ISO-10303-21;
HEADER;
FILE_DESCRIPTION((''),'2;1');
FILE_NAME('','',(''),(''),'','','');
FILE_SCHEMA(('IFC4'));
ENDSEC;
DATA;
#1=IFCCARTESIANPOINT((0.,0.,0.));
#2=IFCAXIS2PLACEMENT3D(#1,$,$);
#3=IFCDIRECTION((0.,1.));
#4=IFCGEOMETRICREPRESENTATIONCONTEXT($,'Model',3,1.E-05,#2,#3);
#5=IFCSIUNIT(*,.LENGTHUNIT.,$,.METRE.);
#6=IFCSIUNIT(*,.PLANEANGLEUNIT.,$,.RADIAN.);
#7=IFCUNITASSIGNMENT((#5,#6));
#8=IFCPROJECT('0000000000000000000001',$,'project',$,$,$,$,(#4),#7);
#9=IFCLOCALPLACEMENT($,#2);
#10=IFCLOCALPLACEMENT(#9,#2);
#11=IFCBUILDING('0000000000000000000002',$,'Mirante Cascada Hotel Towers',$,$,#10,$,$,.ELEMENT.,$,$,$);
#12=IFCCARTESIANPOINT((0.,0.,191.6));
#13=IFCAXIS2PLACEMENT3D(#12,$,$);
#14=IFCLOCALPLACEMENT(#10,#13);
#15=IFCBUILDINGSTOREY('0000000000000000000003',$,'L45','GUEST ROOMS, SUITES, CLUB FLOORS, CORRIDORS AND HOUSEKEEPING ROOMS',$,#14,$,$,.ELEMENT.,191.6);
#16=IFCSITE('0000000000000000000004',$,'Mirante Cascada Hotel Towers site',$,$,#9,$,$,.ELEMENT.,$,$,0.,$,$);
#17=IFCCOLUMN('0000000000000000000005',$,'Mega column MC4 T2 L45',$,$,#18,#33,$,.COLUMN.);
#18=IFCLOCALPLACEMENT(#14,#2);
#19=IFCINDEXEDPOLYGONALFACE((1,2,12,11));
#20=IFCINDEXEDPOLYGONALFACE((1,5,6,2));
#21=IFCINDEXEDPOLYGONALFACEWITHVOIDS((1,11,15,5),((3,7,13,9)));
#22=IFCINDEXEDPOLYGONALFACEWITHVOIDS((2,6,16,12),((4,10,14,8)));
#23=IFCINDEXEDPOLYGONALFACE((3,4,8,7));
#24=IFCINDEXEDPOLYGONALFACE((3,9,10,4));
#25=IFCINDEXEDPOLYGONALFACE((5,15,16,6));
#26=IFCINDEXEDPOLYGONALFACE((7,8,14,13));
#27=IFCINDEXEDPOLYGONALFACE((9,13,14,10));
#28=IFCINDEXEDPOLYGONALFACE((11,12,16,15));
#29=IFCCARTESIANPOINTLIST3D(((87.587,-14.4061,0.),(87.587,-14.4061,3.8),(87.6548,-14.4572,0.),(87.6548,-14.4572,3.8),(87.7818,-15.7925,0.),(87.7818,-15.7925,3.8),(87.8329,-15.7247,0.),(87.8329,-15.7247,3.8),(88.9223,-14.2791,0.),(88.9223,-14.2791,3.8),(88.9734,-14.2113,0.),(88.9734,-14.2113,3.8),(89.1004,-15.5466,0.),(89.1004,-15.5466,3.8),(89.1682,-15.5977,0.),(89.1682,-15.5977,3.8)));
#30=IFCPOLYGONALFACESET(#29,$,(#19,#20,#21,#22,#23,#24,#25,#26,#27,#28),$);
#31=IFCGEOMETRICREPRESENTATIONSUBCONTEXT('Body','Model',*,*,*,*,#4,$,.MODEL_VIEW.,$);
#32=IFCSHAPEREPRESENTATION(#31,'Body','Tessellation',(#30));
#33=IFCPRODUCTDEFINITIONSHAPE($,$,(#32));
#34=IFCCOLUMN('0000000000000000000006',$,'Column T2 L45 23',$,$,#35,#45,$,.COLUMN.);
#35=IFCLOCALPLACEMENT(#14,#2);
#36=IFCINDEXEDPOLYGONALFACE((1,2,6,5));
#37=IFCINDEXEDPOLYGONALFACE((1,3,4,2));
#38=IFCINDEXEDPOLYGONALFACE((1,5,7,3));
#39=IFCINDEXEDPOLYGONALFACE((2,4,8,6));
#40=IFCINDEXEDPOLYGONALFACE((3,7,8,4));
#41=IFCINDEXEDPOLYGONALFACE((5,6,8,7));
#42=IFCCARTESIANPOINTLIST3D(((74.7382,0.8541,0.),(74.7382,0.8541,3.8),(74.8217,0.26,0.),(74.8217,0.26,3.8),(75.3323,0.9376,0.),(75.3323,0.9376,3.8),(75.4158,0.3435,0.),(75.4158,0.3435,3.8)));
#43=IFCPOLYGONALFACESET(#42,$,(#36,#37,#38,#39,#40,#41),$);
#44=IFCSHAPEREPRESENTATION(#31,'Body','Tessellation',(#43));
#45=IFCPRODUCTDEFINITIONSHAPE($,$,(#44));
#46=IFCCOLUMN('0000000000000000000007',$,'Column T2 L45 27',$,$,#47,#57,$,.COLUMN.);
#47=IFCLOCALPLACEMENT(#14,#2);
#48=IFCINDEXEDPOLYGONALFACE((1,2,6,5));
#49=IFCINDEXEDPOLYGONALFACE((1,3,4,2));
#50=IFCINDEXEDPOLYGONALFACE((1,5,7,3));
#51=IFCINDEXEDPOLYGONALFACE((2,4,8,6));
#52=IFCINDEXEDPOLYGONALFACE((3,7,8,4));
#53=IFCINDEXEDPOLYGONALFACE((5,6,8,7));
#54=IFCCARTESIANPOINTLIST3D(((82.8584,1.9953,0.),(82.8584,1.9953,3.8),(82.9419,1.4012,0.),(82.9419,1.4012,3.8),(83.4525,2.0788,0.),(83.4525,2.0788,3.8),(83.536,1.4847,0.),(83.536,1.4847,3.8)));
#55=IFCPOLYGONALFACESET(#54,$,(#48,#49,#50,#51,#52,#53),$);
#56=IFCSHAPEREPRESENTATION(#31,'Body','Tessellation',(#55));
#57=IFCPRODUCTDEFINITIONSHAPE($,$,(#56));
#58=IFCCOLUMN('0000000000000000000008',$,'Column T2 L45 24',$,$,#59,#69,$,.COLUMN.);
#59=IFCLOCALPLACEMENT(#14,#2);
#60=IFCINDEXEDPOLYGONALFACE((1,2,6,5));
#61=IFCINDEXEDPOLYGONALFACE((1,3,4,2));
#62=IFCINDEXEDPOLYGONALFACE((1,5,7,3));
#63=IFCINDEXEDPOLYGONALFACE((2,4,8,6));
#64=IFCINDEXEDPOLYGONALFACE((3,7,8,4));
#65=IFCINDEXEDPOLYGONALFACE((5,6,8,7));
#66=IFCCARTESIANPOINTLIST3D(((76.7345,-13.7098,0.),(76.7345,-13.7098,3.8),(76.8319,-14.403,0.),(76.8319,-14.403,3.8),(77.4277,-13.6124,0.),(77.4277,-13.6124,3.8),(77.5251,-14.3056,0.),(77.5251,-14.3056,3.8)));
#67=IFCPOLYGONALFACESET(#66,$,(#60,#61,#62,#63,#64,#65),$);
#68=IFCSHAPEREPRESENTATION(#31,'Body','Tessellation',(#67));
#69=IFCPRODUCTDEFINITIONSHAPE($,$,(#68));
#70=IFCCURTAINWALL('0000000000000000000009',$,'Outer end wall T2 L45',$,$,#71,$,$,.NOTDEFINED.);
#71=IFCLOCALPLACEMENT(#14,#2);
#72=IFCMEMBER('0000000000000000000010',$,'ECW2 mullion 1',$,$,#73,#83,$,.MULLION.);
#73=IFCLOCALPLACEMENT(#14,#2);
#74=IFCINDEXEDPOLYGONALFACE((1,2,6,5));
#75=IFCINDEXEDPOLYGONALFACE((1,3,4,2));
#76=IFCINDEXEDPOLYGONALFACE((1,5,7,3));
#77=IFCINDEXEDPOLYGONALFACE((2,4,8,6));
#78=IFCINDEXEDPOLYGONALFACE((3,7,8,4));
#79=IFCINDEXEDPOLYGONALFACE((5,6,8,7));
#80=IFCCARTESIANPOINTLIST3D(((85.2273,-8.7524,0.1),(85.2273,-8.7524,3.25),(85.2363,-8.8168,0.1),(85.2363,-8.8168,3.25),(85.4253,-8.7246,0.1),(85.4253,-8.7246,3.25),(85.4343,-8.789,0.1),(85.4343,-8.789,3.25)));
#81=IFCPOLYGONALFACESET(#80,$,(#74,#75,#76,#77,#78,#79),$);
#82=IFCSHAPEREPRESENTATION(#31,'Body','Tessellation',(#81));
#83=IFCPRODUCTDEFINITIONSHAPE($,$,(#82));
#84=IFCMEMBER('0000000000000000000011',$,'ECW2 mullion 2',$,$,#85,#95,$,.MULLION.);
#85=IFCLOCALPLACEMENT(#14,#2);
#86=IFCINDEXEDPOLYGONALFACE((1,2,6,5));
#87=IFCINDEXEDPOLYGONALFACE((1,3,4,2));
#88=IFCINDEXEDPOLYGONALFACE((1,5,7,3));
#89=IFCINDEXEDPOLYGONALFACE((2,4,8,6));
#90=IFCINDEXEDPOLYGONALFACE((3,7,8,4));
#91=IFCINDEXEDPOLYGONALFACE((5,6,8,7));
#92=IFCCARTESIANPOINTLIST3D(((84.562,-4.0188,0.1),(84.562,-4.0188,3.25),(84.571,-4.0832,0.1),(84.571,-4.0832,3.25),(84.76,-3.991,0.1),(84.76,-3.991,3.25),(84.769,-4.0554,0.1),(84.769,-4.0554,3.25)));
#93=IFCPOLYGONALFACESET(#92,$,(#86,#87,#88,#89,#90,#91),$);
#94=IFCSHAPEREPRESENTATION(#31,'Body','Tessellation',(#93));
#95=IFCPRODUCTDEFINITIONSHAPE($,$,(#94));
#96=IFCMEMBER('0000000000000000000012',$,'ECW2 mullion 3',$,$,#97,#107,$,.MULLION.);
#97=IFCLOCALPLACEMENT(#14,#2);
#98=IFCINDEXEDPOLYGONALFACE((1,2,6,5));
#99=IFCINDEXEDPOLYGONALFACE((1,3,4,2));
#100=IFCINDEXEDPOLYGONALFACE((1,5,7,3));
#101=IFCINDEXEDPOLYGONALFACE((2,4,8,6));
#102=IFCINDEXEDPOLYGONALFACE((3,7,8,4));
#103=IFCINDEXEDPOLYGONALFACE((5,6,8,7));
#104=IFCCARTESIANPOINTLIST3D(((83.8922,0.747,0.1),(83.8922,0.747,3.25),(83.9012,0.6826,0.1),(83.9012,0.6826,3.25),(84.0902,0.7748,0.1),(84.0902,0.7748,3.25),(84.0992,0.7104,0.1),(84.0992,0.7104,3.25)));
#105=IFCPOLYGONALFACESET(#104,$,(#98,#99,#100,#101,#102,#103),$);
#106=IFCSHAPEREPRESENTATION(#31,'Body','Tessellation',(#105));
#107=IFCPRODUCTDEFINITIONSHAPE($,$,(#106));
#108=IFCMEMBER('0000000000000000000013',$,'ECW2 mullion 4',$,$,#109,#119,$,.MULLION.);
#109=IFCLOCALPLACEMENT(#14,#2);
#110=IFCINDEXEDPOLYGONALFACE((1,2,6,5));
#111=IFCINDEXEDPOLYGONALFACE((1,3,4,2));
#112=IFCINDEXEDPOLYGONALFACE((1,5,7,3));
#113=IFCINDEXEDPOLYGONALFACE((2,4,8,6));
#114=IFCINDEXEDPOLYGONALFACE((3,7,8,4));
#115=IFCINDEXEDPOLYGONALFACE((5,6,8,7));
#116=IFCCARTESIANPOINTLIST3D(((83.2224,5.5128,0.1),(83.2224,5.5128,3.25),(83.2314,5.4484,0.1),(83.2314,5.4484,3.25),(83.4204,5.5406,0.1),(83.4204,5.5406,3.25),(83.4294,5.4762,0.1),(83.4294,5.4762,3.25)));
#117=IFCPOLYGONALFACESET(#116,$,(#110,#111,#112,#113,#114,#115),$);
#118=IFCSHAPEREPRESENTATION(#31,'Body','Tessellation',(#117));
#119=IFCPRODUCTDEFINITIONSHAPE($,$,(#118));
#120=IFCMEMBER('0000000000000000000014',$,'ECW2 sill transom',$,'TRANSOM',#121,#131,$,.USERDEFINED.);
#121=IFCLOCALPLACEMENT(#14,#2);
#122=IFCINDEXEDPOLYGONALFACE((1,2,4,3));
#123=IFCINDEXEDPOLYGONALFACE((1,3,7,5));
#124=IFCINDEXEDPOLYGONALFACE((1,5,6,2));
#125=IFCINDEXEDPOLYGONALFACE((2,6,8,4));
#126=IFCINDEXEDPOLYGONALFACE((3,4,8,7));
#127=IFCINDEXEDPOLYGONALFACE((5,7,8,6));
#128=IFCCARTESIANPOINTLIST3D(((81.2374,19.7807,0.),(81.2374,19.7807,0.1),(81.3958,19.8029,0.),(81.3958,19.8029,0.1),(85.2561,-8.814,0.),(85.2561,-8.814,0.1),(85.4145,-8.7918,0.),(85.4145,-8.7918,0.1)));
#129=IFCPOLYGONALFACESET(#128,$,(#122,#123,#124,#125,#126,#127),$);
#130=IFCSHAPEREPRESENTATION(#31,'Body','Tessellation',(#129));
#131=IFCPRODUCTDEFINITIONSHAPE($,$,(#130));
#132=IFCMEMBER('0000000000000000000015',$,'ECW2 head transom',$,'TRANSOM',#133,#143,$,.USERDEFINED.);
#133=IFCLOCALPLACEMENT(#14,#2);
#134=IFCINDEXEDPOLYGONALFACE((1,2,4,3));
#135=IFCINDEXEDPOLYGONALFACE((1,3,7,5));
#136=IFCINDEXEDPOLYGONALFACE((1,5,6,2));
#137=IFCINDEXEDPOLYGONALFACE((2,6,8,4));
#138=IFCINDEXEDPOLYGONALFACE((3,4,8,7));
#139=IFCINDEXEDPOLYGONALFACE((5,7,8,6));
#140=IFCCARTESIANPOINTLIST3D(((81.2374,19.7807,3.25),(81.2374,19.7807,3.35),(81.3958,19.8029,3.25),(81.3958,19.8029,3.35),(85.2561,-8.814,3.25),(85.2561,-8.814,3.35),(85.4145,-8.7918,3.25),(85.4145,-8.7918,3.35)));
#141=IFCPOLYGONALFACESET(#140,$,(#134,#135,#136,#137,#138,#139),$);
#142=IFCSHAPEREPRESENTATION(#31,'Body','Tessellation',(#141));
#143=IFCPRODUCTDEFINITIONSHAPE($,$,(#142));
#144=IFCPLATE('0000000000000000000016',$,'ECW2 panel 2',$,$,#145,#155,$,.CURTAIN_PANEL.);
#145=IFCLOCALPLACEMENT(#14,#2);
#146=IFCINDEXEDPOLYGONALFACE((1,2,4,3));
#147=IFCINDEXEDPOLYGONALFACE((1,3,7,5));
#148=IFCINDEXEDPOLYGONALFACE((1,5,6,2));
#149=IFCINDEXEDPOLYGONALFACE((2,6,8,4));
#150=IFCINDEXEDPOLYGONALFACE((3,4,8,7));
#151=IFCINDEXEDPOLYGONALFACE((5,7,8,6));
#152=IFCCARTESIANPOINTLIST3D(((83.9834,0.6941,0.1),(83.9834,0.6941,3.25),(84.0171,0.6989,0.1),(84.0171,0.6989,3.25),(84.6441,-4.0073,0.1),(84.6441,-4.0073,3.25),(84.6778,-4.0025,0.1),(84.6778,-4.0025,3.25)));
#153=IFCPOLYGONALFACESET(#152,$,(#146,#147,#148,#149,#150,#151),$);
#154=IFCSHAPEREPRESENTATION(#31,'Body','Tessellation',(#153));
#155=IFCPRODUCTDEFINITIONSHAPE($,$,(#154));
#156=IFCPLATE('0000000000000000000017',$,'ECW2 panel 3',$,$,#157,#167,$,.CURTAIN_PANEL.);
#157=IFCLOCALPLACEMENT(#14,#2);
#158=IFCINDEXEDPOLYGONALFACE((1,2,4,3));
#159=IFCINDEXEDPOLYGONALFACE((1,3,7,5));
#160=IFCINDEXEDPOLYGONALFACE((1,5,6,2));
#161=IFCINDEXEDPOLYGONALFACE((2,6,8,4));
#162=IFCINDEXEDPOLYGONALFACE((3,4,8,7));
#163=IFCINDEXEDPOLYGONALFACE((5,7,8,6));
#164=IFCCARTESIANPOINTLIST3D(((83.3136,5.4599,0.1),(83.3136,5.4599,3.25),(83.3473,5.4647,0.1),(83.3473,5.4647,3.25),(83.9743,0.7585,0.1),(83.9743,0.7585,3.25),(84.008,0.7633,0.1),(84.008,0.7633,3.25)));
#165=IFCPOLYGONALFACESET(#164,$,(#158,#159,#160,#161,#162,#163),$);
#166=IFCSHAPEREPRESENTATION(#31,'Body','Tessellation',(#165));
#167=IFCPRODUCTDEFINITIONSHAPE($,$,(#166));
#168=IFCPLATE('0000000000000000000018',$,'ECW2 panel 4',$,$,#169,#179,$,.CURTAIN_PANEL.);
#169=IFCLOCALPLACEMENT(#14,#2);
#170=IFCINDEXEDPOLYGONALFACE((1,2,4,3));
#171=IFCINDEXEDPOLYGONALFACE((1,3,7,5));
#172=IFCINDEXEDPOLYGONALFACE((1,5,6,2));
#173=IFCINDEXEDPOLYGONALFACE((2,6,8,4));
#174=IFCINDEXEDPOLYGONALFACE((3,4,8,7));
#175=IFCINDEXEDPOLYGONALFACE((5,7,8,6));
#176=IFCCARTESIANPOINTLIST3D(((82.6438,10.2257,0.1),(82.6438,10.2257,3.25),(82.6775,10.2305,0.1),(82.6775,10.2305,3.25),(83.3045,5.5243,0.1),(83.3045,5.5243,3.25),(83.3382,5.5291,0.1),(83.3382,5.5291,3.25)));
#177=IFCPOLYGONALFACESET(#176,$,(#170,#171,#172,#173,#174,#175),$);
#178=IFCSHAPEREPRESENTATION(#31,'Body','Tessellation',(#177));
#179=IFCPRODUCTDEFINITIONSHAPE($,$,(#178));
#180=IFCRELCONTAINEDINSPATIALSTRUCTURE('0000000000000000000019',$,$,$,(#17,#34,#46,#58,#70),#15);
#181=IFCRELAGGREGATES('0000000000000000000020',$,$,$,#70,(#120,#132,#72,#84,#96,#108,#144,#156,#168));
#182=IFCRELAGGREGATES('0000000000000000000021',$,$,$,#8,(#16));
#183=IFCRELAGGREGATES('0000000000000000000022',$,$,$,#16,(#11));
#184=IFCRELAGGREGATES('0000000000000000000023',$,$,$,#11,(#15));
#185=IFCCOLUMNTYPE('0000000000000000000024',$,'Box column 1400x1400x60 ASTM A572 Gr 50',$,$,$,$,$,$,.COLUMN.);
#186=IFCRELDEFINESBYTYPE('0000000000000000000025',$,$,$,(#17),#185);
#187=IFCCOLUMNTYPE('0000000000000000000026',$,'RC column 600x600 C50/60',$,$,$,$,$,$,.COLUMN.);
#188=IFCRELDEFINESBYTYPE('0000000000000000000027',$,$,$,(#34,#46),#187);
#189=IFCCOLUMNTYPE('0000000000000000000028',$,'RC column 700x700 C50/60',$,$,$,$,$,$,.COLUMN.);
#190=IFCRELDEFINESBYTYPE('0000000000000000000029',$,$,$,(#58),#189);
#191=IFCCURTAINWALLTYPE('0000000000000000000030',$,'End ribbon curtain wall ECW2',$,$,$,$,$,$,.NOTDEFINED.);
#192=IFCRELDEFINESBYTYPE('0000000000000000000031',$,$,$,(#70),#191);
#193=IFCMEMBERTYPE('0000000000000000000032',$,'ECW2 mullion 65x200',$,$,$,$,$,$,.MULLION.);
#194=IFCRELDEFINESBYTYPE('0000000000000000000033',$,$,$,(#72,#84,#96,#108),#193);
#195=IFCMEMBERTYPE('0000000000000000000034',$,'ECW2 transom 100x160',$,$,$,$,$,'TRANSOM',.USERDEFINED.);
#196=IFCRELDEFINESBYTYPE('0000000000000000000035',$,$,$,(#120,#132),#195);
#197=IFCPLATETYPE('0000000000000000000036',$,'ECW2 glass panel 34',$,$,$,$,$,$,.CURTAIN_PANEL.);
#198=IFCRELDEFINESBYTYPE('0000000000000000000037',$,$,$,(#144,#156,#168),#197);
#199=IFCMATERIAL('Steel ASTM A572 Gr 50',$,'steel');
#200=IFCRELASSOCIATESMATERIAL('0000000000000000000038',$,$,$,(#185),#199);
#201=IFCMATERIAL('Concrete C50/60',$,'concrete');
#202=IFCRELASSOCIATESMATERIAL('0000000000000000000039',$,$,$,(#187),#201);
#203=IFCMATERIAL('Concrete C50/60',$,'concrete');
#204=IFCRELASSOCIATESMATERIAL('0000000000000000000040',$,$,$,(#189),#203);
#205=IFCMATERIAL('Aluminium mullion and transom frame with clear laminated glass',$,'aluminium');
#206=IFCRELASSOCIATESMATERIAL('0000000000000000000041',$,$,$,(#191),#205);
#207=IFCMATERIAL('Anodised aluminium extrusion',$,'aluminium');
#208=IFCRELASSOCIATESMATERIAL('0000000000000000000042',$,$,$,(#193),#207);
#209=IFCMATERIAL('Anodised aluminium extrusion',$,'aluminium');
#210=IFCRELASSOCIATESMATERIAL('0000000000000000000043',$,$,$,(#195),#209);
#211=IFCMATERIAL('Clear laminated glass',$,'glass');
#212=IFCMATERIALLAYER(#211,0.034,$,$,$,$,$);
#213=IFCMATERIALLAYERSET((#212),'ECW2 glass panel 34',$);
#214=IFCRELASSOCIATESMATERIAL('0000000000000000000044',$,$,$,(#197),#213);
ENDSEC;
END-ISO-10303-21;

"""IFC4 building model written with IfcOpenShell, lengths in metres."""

from ifc_helpers import new_model, si_unit, direction, frame, origin, origin_2d, place, context, subcontext, project, spatial, rectangle, hollow_rectangle, extrude, material, layer, layer_set, material_profile, profile_set, type_object, element, aggregate, save


model = new_model("IFC4")

# Units and contexts
model_context = context("Model", 3, precision=1e-05, world=origin(), true_north=direction((0.0, 1.0)))
body_context = subcontext(model_context, "Body", "Model", "MODEL_VIEW")
ifc_project = project(units=[si_unit("LENGTHUNIT", "METRE"), si_unit("PLANEANGLEUNIT", "RADIAN")], contexts=[model_context])

# Site, building, storey
site_placement = place(None, origin())
site = spatial("IfcSite", under=ifc_project, at=site_placement, Name="Mirante Cascada Hotel Towers site", CompositionType="ELEMENT", RefElevation=0.0)
building_placement = place(site_placement, origin())
building = spatial("IfcBuilding", under=site, at=building_placement, Name="Mirante Cascada Hotel Towers", CompositionType="ELEMENT")
storey_placement = place(building_placement, frame((0.0, 0.0, 191.6)))
storey = spatial("IfcBuildingStorey", under=building, at=storey_placement, Name="L45", Description="GUEST ROOMS, SUITES, CLUB FLOORS, CORRIDORS AND HOUSEKEEPING ROOMS", CompositionType="ELEMENT", Elevation=191.6)

# Columns
ifc_material_1 = material(Name="Steel ASTM A572 Gr 50", Category="steel")
ifc_material_profile_1 = material_profile(ifc_material_1, hollow_rectangle(XDim=1.4, YDim=1.4, WallThickness=0.06, at=origin_2d()), Name="Box column 1400x1400x60 ASTM A572 Gr 50")
ifc_profile_set_1 = profile_set([ifc_material_profile_1], Name="Steel ASTM A572 Gr 50")
column_type_1 = type_object("IfcColumnType", Name="Box column 1400x1400x60 ASTM A572 Gr 50", PredefinedType="COLUMN", material=ifc_profile_set_1)
column_1_placement = place(storey_placement, frame((88.3776, -15.0019, 0.0), z_axis=(0.0, 0.0, 1.0), x_axis=(0.990268, 0.139173, 0.0)))
element("IfcColumn", 1, at=column_1_placement, inside=storey, type_object=column_type_1, Name="Mega column MC4 T2 L45", PredefinedType="COLUMN", context=body_context, shape_type="SweptSolid", body=[
    extrude(hollow_rectangle(XDim=1.4, YDim=1.4, WallThickness=0.06, at=origin_2d()), origin(), (0.0, 0.0, 1.0), 3.8),
])
ifc_material_2 = material(Name="Concrete C50/60", Category="concrete")
ifc_material_profile_2 = material_profile(ifc_material_2, rectangle(XDim=0.6, YDim=0.6, at=origin_2d()), Name="RC column 600x600 C50/60")
ifc_profile_set_2 = profile_set([ifc_material_profile_2], Name="Concrete C50/60")
column_type_2 = type_object("IfcColumnType", Name="RC column 600x600 C50/60", PredefinedType="COLUMN", material=ifc_profile_set_2)
for number, where, z_axis, x_axis, name in (
    (2, (75.077, 0.5988, 0.0), (0.0, 0.0, 1.0), (0.990268, 0.139173, 0.0), "Column T2 L45 23"),
    (3, (83.1972, 1.74, 0.0), (0.0, 0.0, 1.0), (0.990268, 0.139173, 0.0), "Column T2 L45 27"),
):
    element("IfcColumn", number, at=place(storey_placement, frame(where, z_axis=z_axis, x_axis=x_axis)), inside=storey, type_object=column_type_2, Name=name, PredefinedType="COLUMN", context=body_context, shape_type="SweptSolid", body=[
        extrude(rectangle(XDim=0.6, YDim=0.6, at=origin_2d()), origin(), (0.0, 0.0, 1.0), 3.8),
    ])
ifc_material_3 = material(Name="Concrete C50/60", Category="concrete")
ifc_material_profile_3 = material_profile(ifc_material_3, rectangle(XDim=0.7, YDim=0.7, at=origin_2d()), Name="RC column 700x700 C50/60")
ifc_profile_set_3 = profile_set([ifc_material_profile_3], Name="Concrete C50/60")
column_type_3 = type_object("IfcColumnType", Name="RC column 700x700 C50/60", PredefinedType="COLUMN", material=ifc_profile_set_3)
column_2_placement = place(storey_placement, frame((77.1298, -14.0077, 0.0), z_axis=(0.0, 0.0, 1.0), x_axis=(0.990268, 0.139173, 0.0)))
element("IfcColumn", 4, at=column_2_placement, inside=storey, type_object=column_type_3, Name="Column T2 L45 24", PredefinedType="COLUMN", context=body_context, shape_type="SweptSolid", body=[
    extrude(rectangle(XDim=0.7, YDim=0.7, at=origin_2d()), origin(), (0.0, 0.0, 1.0), 3.8),
])

# Curtain wall, members, plates
ifc_material_4 = material(Name="Aluminium mullion and transom frame with clear laminated glass", Category="aluminium")
curtain_wall_type = type_object("IfcCurtainWallType", Name="End ribbon curtain wall ECW2", PredefinedType="NOTDEFINED", material=ifc_material_4)
curtain_wall_placement = place(storey_placement, origin())
curtain_wall = element("IfcCurtainWall", 5, at=curtain_wall_placement, inside=storey, type_object=curtain_wall_type, Name="Outer end wall T2 L45", PredefinedType="NOTDEFINED")
ifc_material_5 = material(Name="Anodised aluminium extrusion", Category="aluminium")
ifc_material_profile_4 = material_profile(ifc_material_5, rectangle(XDim=0.2, YDim=0.065, at=origin_2d()), Name="ECW2 MULLION 65x200")
ifc_profile_set_4 = profile_set([ifc_material_profile_4], Name="Anodised aluminium extrusion")
member_type_1 = type_object("IfcMemberType", Name="ECW2 mullion 65x200", PredefinedType="MULLION", material=ifc_profile_set_4)
member_1_placement = place(storey_placement, frame((85.3308, -8.7707, 0.1), z_axis=(0.0, 0.0, 1.0), x_axis=(-0.990268, -0.139173, 0.0)))
member_1 = element("IfcMember", 6, at=member_1_placement, type_object=member_type_1, Name="ECW2 mullion 1", PredefinedType="MULLION", context=body_context, shape_type="SweptSolid", body=[
    extrude(rectangle(XDim=0.2, YDim=0.065, at=origin_2d()), origin(), (0.0, 0.0, 1.0), 3.15),
])
member_2_placement = place(storey_placement, frame((84.6655, -4.0371, 0.1), z_axis=(0.0, 0.0, 1.0), x_axis=(-0.990268, -0.139173, 0.0)))
member_2 = element("IfcMember", 7, at=member_2_placement, type_object=member_type_1, Name="ECW2 mullion 2", PredefinedType="MULLION", context=body_context, shape_type="SweptSolid", body=[
    extrude(rectangle(XDim=0.2, YDim=0.065, at=origin_2d()), origin(), (0.0, 0.0, 1.0), 3.15),
])
member_3_placement = place(storey_placement, frame((83.9957, 0.7287, 0.1), z_axis=(0.0, 0.0, 1.0), x_axis=(-0.990268, -0.139173, 0.0)))
member_3 = element("IfcMember", 8, at=member_3_placement, type_object=member_type_1, Name="ECW2 mullion 3", PredefinedType="MULLION", context=body_context, shape_type="SweptSolid", body=[
    extrude(rectangle(XDim=0.2, YDim=0.065, at=origin_2d()), origin(), (0.0, 0.0, 1.0), 3.15),
])
member_4_placement = place(storey_placement, frame((83.3259, 5.4945, 0.1), z_axis=(0.0, 0.0, 1.0), x_axis=(-0.990268, -0.139173, 0.0)))
member_4 = element("IfcMember", 9, at=member_4_placement, type_object=member_type_1, Name="ECW2 mullion 4", PredefinedType="MULLION", context=body_context, shape_type="SweptSolid", body=[
    extrude(rectangle(XDim=0.2, YDim=0.065, at=origin_2d()), origin(), (0.0, 0.0, 1.0), 3.15),
])
ifc_material_6 = material(Name="Anodised aluminium extrusion", Category="aluminium")
ifc_material_profile_5 = material_profile(ifc_material_6, rectangle(XDim=0.16, YDim=0.1, at=origin_2d()), Name="ECW2 TRANSOM 100x160")
ifc_profile_set_5 = profile_set([ifc_material_profile_5], Name="Anodised aluminium extrusion")
member_type_2 = type_object("IfcMemberType", Name="ECW2 transom 100x160", ElementType="TRANSOM", PredefinedType="USERDEFINED", material=ifc_profile_set_5)
member_5_placement = place(storey_placement, frame((85.3353, -8.8029, 0.05), z_axis=(-0.139172, 0.990268, 0.0), x_axis=(-0.990268, -0.139172, 0.0)))
member_5 = element("IfcMember", 10, at=member_5_placement, type_object=member_type_2, Name="ECW2 sill transom", ObjectType="TRANSOM", PredefinedType="USERDEFINED", context=body_context, shape_type="SweptSolid", body=[
    extrude(rectangle(XDim=0.16, YDim=0.1, at=origin_2d()), origin(), (0.0, 0.0, 1.0), 28.8757),
])
member_6_placement = place(storey_placement, frame((85.3353, -8.8029, 3.3), z_axis=(-0.139172, 0.990268, 0.0), x_axis=(-0.990268, -0.139172, 0.0)))
member_6 = element("IfcMember", 11, at=member_6_placement, type_object=member_type_2, Name="ECW2 head transom", ObjectType="TRANSOM", PredefinedType="USERDEFINED", context=body_context, shape_type="SweptSolid", body=[
    extrude(rectangle(XDim=0.16, YDim=0.1, at=origin_2d()), origin(), (0.0, 0.0, 1.0), 28.8757),
])
ifc_material_7 = material(Name="Clear laminated glass", Category="glass")
ifc_layer_1 = layer(ifc_material_7, 0.034)
ifc_layer_set_1 = layer_set([ifc_layer_1], Name="ECW2 glass panel 34")
plate_type_1 = type_object("IfcPlateType", Name="ECW2 glass panel 34", PredefinedType="CURTAIN_PANEL", material=ifc_layer_set_1)
plate_1_placement = place(storey_placement, frame((84.3306, -1.6542, 0.1), z_axis=(0.0, 0.0, 1.0), x_axis=(-0.139173, 0.990268, 0.0)))
plate_1 = element("IfcPlate", 12, at=plate_1_placement, type_object=plate_type_1, Name="ECW2 panel 2", PredefinedType="CURTAIN_PANEL", context=body_context, shape_type="SweptSolid", body=[
    extrude(rectangle(XDim=4.7476, YDim=0.034, at=origin_2d()), origin(), (0.0, 0.0, 1.0), 3.15),
])
plate_2_placement = place(storey_placement, frame((83.6608, 3.1116, 0.1), z_axis=(0.0, 0.0, 1.0), x_axis=(-0.139173, 0.990268, 0.0)))
plate_2 = element("IfcPlate", 13, at=plate_2_placement, type_object=plate_type_1, Name="ECW2 panel 3", PredefinedType="CURTAIN_PANEL", context=body_context, shape_type="SweptSolid", body=[
    extrude(rectangle(XDim=4.7476, YDim=0.034, at=origin_2d()), origin(), (0.0, 0.0, 1.0), 3.15),
])
plate_3_placement = place(storey_placement, frame((82.991, 7.8774, 0.1), z_axis=(0.0, 0.0, 1.0), x_axis=(-0.139173, 0.990268, 0.0)))
plate_3 = element("IfcPlate", 14, at=plate_3_placement, type_object=plate_type_1, Name="ECW2 panel 4", PredefinedType="CURTAIN_PANEL", context=body_context, shape_type="SweptSolid", body=[
    extrude(rectangle(XDim=4.7476, YDim=0.034, at=origin_2d()), origin(), (0.0, 0.0, 1.0), 3.15),
])
aggregate(curtain_wall, [member_5, member_6, member_1, member_2, member_3, member_4, plate_1, plate_2, plate_3])

save(model, "model.ifc")
